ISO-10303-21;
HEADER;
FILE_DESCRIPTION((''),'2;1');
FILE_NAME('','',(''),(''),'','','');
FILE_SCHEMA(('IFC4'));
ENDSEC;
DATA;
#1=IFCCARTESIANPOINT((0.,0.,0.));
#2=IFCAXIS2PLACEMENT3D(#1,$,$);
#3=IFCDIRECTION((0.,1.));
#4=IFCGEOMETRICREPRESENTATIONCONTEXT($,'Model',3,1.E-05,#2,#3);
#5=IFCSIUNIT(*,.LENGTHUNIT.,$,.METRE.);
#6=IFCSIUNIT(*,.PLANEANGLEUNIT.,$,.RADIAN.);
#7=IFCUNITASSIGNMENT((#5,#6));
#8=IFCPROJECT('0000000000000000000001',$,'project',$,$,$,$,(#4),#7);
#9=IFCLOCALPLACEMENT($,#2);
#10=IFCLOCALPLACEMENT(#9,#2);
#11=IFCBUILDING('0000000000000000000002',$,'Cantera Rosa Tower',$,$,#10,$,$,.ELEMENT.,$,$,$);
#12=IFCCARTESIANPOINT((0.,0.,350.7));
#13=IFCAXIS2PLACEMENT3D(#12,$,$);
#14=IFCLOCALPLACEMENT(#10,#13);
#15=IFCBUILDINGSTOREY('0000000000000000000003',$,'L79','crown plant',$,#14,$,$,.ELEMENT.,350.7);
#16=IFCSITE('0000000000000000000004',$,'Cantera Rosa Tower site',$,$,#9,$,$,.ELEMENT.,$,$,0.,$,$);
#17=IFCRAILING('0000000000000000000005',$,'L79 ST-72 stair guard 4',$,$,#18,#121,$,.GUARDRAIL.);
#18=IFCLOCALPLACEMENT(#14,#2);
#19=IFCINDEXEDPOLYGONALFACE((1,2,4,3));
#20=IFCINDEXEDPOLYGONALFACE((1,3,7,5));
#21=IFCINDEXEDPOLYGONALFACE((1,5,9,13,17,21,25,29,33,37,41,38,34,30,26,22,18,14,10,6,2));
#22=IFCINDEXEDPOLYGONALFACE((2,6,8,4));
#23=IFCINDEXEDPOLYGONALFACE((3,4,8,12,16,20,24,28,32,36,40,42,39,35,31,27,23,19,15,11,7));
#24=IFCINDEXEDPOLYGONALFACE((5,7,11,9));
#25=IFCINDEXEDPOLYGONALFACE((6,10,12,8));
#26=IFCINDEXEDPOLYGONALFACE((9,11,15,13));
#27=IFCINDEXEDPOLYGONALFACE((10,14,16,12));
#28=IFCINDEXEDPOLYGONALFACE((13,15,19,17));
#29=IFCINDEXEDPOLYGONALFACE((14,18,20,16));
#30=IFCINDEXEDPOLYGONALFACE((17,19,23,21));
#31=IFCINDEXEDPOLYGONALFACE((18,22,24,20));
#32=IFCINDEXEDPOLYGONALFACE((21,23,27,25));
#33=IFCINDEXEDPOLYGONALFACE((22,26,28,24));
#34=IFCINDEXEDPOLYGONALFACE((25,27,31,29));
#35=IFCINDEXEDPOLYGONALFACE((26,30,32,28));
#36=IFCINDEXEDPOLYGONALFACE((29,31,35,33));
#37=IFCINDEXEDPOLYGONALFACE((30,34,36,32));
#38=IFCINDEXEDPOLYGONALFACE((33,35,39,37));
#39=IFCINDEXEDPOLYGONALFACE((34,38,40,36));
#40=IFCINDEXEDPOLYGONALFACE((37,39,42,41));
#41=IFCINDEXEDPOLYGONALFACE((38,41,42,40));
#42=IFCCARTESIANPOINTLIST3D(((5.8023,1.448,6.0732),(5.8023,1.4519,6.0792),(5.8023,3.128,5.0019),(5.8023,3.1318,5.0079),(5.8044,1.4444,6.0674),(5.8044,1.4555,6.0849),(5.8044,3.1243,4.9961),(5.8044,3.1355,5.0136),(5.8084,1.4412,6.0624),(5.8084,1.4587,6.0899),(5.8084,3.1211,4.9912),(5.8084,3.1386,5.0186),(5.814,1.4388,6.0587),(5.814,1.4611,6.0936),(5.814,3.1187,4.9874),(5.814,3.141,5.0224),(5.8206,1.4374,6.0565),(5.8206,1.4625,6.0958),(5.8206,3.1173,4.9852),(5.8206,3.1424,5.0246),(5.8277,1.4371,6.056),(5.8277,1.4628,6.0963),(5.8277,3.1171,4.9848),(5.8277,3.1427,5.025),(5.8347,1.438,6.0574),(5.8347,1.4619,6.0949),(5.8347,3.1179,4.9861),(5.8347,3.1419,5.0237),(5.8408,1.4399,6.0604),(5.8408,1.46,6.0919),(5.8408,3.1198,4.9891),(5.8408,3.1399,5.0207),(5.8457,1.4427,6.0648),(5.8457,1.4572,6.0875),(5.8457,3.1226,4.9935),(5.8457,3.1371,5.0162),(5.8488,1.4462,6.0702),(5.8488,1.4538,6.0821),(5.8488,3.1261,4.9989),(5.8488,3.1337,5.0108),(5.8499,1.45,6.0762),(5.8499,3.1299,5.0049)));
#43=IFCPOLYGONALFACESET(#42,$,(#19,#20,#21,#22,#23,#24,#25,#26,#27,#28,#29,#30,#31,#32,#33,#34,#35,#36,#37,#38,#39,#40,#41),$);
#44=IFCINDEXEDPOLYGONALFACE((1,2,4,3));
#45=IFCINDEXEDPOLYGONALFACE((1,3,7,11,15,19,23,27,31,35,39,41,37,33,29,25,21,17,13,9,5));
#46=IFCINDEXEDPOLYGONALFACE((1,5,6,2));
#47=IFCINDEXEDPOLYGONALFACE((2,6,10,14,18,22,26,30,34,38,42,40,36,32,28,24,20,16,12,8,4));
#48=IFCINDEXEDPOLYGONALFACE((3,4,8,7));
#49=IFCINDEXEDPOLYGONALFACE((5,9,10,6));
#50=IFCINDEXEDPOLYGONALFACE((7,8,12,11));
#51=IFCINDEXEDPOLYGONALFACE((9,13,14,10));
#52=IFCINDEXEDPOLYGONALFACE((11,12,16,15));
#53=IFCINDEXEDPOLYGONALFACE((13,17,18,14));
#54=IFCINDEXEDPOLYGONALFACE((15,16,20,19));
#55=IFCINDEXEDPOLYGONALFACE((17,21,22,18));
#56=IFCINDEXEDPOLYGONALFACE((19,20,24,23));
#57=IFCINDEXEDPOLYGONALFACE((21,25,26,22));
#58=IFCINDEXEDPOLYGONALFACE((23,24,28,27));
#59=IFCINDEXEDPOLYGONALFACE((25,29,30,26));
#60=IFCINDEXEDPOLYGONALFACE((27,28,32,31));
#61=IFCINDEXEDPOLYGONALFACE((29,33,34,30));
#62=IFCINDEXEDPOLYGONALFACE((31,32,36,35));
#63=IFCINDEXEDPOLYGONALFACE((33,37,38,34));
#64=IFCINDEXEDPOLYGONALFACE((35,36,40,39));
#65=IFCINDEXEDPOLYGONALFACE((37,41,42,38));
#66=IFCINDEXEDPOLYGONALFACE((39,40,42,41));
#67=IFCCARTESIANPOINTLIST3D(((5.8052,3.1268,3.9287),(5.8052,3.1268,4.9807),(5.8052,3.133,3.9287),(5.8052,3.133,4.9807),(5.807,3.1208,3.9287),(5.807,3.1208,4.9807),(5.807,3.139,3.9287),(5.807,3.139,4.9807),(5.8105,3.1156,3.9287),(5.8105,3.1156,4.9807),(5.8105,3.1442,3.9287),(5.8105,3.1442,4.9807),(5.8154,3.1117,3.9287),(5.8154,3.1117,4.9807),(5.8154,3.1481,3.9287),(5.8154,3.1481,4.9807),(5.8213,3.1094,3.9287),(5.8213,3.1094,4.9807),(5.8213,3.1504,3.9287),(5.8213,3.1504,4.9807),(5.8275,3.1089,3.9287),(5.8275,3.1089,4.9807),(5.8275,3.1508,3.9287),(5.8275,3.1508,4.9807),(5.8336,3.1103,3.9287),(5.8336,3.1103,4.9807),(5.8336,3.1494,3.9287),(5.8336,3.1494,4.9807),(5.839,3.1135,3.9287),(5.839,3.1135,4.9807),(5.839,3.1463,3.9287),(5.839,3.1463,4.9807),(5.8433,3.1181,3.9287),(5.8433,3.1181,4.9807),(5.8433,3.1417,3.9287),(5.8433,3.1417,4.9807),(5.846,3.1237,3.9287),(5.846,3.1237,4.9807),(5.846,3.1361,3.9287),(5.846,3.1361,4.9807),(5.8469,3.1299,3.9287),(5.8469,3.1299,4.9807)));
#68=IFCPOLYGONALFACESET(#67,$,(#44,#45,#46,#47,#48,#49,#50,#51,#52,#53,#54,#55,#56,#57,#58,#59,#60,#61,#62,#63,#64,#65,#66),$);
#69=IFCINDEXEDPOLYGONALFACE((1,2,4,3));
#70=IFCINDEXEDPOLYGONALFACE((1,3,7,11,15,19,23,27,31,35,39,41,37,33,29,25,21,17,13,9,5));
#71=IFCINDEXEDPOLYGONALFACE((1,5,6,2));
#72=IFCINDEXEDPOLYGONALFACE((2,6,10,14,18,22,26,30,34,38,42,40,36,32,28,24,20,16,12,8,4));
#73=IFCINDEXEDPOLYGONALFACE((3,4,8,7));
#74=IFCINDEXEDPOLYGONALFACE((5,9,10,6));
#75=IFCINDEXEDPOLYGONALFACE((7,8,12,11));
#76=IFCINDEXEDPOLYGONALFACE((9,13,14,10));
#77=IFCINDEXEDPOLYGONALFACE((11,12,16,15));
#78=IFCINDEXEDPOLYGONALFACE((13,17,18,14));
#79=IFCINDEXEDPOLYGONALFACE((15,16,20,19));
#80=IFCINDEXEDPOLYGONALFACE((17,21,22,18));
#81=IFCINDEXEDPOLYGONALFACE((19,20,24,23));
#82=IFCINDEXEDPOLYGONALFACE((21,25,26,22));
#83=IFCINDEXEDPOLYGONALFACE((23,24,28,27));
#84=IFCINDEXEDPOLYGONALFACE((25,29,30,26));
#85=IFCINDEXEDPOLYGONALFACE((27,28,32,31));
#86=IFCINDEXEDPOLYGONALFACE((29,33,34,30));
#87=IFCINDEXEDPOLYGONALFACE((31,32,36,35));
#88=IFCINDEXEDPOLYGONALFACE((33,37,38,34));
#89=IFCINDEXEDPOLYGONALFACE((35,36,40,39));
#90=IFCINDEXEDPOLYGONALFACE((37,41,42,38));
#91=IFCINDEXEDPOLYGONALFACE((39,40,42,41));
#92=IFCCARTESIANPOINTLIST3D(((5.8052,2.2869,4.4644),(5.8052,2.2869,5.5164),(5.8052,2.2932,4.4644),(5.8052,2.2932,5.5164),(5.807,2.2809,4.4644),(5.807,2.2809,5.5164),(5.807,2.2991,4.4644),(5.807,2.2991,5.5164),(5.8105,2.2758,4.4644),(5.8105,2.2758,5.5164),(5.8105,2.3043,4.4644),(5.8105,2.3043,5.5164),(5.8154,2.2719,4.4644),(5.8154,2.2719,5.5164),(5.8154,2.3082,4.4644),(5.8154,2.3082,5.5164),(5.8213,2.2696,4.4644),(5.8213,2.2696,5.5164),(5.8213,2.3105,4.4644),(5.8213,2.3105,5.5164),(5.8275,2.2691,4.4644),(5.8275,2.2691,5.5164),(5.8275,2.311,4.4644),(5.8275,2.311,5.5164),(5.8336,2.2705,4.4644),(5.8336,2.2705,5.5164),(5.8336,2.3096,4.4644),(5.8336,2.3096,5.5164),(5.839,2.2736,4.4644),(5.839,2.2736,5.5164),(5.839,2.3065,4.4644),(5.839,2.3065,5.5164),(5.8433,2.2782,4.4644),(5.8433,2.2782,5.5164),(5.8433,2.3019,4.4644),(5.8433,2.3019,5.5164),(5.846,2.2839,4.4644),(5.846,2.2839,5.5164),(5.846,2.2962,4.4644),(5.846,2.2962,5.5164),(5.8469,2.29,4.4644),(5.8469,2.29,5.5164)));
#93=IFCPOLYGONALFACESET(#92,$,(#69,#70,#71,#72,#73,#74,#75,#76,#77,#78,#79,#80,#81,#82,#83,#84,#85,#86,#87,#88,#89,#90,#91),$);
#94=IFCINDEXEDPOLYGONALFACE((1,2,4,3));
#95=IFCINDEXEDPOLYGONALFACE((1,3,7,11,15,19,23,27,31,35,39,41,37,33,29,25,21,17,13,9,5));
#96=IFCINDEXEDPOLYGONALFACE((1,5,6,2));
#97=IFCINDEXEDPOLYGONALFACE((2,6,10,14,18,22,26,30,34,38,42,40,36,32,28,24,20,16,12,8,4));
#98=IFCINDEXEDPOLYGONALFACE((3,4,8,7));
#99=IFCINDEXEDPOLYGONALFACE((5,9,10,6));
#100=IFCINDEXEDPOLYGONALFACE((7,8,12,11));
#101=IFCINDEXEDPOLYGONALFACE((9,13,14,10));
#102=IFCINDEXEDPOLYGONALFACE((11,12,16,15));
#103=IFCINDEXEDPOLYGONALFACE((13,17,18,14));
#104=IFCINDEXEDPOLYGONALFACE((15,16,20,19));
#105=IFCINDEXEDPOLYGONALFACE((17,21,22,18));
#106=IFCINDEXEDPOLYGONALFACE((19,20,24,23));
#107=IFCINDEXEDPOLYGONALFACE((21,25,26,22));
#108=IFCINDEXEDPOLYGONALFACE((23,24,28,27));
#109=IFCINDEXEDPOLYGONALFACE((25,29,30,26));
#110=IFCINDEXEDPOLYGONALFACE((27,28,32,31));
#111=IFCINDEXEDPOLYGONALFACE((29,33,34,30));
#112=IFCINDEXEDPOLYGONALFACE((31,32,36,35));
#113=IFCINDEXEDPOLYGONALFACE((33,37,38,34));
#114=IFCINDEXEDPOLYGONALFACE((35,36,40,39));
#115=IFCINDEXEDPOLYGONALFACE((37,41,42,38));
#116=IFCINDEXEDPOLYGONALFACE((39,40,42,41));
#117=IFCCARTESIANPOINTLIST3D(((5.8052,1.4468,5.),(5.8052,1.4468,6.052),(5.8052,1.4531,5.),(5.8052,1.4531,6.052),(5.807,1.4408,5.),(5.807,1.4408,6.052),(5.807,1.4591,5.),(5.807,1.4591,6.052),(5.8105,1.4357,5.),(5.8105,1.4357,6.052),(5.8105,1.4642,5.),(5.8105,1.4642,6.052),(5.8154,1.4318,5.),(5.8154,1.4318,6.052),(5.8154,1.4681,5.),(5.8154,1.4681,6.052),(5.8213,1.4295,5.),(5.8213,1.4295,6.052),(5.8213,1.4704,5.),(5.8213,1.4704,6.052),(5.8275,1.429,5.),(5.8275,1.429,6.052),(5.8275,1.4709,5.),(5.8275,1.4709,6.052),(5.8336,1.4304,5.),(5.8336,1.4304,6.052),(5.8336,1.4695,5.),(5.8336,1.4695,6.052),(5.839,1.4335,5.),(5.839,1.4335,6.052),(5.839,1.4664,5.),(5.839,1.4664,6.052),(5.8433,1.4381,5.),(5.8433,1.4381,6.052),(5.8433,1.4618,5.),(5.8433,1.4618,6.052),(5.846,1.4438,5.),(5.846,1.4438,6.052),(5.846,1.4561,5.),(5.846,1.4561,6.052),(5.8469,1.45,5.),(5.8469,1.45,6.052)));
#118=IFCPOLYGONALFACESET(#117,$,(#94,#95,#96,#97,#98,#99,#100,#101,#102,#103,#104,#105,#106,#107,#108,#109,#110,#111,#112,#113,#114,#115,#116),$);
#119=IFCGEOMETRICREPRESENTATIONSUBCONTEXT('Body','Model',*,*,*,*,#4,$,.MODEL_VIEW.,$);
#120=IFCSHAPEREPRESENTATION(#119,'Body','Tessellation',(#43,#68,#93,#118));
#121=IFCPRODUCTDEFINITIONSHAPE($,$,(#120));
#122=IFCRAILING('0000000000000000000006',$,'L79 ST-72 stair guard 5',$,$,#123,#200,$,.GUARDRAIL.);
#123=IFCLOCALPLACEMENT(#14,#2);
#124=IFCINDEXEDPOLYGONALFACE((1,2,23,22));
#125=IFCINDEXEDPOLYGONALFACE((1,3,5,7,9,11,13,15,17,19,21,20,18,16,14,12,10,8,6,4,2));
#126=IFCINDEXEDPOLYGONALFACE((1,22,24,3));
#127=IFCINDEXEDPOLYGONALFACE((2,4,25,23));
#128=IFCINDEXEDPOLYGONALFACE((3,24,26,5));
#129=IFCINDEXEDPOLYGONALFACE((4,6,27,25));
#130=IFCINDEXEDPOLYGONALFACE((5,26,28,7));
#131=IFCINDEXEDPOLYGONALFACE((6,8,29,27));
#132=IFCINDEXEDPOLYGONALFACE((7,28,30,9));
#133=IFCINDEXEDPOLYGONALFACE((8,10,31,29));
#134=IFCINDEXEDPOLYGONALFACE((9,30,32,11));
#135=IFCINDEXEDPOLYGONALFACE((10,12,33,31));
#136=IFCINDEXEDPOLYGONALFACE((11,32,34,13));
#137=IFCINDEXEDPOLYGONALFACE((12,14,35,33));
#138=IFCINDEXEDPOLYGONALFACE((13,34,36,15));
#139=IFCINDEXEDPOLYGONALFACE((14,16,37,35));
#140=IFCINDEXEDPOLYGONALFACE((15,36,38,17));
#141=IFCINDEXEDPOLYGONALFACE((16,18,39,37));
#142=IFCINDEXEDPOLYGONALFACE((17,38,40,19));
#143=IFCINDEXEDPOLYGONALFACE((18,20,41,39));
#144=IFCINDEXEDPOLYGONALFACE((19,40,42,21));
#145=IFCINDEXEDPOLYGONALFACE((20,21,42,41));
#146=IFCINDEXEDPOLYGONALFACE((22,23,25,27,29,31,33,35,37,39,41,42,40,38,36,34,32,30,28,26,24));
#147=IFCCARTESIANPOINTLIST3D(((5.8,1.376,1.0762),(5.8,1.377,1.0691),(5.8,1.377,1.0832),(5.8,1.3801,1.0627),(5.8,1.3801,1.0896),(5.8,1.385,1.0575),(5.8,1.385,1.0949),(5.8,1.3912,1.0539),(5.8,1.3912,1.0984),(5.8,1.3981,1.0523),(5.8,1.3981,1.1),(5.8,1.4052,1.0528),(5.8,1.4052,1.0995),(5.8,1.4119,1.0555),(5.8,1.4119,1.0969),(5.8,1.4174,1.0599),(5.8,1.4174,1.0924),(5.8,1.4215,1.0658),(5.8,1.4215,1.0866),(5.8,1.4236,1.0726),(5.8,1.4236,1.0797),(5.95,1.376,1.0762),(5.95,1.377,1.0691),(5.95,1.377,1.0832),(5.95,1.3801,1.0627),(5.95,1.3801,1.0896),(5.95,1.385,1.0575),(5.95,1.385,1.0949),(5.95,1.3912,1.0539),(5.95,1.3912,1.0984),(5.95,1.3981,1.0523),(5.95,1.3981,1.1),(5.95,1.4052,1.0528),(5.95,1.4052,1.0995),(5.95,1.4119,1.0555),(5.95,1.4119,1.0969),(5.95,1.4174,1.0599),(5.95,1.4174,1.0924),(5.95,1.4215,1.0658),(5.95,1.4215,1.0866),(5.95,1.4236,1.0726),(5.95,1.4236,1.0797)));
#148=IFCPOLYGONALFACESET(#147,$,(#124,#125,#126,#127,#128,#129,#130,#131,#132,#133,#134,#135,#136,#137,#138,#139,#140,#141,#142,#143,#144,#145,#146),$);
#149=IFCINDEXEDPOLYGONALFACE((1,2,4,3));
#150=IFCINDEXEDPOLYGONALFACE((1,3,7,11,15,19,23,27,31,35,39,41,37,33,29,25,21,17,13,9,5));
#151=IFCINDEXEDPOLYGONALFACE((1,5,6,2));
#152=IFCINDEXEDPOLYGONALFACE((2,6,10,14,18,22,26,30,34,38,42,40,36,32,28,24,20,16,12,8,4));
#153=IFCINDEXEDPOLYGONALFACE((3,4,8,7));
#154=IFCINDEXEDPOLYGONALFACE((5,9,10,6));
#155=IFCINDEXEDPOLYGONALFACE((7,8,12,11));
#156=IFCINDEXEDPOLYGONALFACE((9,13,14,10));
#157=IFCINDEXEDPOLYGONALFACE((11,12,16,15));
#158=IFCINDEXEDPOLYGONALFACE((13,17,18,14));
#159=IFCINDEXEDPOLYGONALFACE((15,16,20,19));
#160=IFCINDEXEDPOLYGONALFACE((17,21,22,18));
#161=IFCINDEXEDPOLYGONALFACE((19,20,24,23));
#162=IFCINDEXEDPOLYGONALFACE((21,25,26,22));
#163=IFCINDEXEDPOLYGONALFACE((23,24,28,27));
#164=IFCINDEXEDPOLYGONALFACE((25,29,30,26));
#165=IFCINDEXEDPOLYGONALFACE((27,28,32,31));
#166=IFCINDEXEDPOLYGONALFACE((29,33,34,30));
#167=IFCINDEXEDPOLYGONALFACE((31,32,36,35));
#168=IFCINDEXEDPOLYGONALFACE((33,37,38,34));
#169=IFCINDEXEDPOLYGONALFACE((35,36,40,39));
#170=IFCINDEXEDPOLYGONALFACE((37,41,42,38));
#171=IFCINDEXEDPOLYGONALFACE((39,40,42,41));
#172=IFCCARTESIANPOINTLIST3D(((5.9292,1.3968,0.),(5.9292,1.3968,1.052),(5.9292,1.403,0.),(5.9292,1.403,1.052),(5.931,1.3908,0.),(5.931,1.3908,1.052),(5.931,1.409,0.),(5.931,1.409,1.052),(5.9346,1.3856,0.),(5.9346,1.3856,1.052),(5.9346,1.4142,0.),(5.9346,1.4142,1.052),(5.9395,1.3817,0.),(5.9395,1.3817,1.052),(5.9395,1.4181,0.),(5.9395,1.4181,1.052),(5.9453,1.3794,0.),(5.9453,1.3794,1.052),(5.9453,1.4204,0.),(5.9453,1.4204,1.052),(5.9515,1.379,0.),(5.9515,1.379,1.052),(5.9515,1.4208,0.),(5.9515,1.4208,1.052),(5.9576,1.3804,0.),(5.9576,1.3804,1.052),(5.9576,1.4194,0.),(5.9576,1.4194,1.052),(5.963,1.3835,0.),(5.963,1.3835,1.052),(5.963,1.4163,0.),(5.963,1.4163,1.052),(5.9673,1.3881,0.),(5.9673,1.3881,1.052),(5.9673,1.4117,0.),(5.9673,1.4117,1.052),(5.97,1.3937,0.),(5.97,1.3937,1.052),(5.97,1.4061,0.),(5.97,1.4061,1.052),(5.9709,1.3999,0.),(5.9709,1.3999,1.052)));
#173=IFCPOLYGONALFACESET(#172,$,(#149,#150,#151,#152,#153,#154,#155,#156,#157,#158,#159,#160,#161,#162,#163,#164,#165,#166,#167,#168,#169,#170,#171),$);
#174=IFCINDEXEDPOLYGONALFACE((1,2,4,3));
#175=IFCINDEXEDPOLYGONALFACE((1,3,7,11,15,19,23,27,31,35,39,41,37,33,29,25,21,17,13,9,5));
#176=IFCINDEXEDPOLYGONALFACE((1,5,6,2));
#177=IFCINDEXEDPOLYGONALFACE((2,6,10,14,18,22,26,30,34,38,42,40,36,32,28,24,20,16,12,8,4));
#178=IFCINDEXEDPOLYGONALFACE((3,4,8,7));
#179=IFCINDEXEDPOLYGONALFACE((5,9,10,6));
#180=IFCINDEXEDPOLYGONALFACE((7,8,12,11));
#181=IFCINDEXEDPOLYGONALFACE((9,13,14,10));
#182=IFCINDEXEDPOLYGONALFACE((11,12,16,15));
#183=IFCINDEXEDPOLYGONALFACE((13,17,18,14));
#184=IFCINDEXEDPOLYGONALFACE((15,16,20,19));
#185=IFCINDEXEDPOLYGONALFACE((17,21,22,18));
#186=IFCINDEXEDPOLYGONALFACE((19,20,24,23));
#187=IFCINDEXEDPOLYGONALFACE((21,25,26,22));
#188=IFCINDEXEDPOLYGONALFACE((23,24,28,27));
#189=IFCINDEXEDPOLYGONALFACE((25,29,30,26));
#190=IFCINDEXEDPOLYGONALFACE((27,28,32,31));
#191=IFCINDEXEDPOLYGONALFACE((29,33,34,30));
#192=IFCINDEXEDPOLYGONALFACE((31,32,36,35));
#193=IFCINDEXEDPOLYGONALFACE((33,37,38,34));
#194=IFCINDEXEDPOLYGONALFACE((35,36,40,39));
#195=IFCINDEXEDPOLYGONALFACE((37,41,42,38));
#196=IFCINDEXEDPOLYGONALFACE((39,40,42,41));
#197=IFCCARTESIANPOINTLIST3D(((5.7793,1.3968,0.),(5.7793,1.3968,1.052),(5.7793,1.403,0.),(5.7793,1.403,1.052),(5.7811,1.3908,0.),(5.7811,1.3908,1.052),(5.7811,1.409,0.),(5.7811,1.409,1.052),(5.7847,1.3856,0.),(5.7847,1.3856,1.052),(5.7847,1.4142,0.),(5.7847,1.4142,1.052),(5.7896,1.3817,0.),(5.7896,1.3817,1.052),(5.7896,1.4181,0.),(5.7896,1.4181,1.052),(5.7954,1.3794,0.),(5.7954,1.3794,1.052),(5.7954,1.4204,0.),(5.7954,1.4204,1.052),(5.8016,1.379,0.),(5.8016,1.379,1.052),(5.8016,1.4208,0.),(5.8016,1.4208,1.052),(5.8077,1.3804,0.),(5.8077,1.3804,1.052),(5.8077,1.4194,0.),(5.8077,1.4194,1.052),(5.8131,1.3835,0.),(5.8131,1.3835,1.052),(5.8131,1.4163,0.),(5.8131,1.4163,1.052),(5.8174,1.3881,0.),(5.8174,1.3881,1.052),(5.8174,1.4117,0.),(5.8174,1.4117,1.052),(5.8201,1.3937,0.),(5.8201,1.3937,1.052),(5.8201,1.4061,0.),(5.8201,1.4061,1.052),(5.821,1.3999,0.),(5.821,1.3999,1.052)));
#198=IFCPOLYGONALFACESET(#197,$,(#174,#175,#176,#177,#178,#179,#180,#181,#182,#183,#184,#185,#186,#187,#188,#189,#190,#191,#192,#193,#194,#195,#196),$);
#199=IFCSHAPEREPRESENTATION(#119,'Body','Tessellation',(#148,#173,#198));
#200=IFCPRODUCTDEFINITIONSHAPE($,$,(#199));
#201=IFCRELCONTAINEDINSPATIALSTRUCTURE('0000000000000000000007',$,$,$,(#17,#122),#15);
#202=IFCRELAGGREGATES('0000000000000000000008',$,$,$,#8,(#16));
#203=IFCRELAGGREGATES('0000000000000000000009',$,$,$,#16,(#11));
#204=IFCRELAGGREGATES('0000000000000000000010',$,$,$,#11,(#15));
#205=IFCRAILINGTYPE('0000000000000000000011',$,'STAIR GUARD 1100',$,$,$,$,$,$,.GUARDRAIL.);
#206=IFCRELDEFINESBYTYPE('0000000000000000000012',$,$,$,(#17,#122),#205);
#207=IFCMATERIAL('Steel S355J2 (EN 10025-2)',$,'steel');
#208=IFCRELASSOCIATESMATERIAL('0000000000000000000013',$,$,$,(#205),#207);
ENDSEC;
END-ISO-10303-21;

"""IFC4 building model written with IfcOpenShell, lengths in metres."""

from ifc_helpers import new_model, si_unit, direction, frame, origin, origin_2d, place, context, subcontext, project, spatial, circle, extrude, material, type_object, element, save


model = new_model("IFC4")

# Units and contexts
model_context = context("Model", 3, precision=1e-05, world=origin(), true_north=direction((0.0, 1.0)))
body_context = subcontext(model_context, "Body", "Model", "MODEL_VIEW")
ifc_project = project(units=[si_unit("LENGTHUNIT", "METRE"), si_unit("PLANEANGLEUNIT", "RADIAN")], contexts=[model_context])

# Site, building, storey
site_placement = place(None, origin())
site = spatial("IfcSite", under=ifc_project, at=site_placement, Name="Cantera Rosa Tower site", CompositionType="ELEMENT", RefElevation=0.0)
building_placement = place(site_placement, origin())
building = spatial("IfcBuilding", under=site, at=building_placement, Name="Cantera Rosa Tower", CompositionType="ELEMENT")
storey_placement = place(building_placement, frame((0.0, 0.0, 350.7)))
storey = spatial("IfcBuildingStorey", under=building, at=storey_placement, Name="L79", Description="crown plant", CompositionType="ELEMENT", Elevation=350.7)

# Railings
ifc_material_1 = material(Name="Steel S355J2 (EN 10025-2)", Category="steel")
railing_type_1 = type_object("IfcRailingType", Name="STAIR GUARD 1100", PredefinedType="GUARDRAIL", material=ifc_material_1)
railing_1_placement = place(storey_placement, frame((5.8259, 3.1299, 3.9287)))
element("IfcRailing", 1, at=railing_1_placement, inside=storey, type_object=railing_type_1, Name="L79 ST-72 stair guard 4", PredefinedType="GUARDRAIL", context=body_context, shape_type="SweptSolid", body=[
    extrude(circle(Radius=0.0239, at=origin_2d()), frame((0.0, 0.0, 1.0762), z_axis=(0.0, -0.843152, 0.537676), x_axis=(1.0, 0.0, 0.0)), (0.0, 0.0, 1.0), 1.9924),
    extrude(circle(Radius=0.021, at=origin_2d()), origin(), (0.0, 0.0, 1.0), 1.052),
    extrude(circle(Radius=0.021, at=origin_2d()), frame((0.0, -0.8398, 0.5356)), (0.0, 0.0, 1.0), 1.052),
    extrude(circle(Radius=0.021, at=origin_2d()), frame((0.0, -1.6799, 1.0713)), (0.0, 0.0, 1.0), 1.052),
])
railing_2_placement = place(storey_placement, frame((5.95, 1.3999, 0.0)))
element("IfcRailing", 2, at=railing_2_placement, inside=storey, type_object=railing_type_1, Name="L79 ST-72 stair guard 5", PredefinedType="GUARDRAIL", context=body_context, shape_type="SweptSolid", body=[
    extrude(circle(Radius=0.0239, at=origin_2d()), frame((0.0, 0.0, 1.0762), z_axis=(-1.0, 0.0, 0.0), x_axis=(0.0, -1.0, 0.0)), (0.0, 0.0, 1.0), 0.1499),
    extrude(circle(Radius=0.021, at=origin_2d()), origin(), (0.0, 0.0, 1.0), 1.052),
    extrude(circle(Radius=0.021, at=origin_2d()), frame((-0.1499, 0.0, 0.0)), (0.0, 0.0, 1.0), 1.052),
])

save(model, "model.ifc")
